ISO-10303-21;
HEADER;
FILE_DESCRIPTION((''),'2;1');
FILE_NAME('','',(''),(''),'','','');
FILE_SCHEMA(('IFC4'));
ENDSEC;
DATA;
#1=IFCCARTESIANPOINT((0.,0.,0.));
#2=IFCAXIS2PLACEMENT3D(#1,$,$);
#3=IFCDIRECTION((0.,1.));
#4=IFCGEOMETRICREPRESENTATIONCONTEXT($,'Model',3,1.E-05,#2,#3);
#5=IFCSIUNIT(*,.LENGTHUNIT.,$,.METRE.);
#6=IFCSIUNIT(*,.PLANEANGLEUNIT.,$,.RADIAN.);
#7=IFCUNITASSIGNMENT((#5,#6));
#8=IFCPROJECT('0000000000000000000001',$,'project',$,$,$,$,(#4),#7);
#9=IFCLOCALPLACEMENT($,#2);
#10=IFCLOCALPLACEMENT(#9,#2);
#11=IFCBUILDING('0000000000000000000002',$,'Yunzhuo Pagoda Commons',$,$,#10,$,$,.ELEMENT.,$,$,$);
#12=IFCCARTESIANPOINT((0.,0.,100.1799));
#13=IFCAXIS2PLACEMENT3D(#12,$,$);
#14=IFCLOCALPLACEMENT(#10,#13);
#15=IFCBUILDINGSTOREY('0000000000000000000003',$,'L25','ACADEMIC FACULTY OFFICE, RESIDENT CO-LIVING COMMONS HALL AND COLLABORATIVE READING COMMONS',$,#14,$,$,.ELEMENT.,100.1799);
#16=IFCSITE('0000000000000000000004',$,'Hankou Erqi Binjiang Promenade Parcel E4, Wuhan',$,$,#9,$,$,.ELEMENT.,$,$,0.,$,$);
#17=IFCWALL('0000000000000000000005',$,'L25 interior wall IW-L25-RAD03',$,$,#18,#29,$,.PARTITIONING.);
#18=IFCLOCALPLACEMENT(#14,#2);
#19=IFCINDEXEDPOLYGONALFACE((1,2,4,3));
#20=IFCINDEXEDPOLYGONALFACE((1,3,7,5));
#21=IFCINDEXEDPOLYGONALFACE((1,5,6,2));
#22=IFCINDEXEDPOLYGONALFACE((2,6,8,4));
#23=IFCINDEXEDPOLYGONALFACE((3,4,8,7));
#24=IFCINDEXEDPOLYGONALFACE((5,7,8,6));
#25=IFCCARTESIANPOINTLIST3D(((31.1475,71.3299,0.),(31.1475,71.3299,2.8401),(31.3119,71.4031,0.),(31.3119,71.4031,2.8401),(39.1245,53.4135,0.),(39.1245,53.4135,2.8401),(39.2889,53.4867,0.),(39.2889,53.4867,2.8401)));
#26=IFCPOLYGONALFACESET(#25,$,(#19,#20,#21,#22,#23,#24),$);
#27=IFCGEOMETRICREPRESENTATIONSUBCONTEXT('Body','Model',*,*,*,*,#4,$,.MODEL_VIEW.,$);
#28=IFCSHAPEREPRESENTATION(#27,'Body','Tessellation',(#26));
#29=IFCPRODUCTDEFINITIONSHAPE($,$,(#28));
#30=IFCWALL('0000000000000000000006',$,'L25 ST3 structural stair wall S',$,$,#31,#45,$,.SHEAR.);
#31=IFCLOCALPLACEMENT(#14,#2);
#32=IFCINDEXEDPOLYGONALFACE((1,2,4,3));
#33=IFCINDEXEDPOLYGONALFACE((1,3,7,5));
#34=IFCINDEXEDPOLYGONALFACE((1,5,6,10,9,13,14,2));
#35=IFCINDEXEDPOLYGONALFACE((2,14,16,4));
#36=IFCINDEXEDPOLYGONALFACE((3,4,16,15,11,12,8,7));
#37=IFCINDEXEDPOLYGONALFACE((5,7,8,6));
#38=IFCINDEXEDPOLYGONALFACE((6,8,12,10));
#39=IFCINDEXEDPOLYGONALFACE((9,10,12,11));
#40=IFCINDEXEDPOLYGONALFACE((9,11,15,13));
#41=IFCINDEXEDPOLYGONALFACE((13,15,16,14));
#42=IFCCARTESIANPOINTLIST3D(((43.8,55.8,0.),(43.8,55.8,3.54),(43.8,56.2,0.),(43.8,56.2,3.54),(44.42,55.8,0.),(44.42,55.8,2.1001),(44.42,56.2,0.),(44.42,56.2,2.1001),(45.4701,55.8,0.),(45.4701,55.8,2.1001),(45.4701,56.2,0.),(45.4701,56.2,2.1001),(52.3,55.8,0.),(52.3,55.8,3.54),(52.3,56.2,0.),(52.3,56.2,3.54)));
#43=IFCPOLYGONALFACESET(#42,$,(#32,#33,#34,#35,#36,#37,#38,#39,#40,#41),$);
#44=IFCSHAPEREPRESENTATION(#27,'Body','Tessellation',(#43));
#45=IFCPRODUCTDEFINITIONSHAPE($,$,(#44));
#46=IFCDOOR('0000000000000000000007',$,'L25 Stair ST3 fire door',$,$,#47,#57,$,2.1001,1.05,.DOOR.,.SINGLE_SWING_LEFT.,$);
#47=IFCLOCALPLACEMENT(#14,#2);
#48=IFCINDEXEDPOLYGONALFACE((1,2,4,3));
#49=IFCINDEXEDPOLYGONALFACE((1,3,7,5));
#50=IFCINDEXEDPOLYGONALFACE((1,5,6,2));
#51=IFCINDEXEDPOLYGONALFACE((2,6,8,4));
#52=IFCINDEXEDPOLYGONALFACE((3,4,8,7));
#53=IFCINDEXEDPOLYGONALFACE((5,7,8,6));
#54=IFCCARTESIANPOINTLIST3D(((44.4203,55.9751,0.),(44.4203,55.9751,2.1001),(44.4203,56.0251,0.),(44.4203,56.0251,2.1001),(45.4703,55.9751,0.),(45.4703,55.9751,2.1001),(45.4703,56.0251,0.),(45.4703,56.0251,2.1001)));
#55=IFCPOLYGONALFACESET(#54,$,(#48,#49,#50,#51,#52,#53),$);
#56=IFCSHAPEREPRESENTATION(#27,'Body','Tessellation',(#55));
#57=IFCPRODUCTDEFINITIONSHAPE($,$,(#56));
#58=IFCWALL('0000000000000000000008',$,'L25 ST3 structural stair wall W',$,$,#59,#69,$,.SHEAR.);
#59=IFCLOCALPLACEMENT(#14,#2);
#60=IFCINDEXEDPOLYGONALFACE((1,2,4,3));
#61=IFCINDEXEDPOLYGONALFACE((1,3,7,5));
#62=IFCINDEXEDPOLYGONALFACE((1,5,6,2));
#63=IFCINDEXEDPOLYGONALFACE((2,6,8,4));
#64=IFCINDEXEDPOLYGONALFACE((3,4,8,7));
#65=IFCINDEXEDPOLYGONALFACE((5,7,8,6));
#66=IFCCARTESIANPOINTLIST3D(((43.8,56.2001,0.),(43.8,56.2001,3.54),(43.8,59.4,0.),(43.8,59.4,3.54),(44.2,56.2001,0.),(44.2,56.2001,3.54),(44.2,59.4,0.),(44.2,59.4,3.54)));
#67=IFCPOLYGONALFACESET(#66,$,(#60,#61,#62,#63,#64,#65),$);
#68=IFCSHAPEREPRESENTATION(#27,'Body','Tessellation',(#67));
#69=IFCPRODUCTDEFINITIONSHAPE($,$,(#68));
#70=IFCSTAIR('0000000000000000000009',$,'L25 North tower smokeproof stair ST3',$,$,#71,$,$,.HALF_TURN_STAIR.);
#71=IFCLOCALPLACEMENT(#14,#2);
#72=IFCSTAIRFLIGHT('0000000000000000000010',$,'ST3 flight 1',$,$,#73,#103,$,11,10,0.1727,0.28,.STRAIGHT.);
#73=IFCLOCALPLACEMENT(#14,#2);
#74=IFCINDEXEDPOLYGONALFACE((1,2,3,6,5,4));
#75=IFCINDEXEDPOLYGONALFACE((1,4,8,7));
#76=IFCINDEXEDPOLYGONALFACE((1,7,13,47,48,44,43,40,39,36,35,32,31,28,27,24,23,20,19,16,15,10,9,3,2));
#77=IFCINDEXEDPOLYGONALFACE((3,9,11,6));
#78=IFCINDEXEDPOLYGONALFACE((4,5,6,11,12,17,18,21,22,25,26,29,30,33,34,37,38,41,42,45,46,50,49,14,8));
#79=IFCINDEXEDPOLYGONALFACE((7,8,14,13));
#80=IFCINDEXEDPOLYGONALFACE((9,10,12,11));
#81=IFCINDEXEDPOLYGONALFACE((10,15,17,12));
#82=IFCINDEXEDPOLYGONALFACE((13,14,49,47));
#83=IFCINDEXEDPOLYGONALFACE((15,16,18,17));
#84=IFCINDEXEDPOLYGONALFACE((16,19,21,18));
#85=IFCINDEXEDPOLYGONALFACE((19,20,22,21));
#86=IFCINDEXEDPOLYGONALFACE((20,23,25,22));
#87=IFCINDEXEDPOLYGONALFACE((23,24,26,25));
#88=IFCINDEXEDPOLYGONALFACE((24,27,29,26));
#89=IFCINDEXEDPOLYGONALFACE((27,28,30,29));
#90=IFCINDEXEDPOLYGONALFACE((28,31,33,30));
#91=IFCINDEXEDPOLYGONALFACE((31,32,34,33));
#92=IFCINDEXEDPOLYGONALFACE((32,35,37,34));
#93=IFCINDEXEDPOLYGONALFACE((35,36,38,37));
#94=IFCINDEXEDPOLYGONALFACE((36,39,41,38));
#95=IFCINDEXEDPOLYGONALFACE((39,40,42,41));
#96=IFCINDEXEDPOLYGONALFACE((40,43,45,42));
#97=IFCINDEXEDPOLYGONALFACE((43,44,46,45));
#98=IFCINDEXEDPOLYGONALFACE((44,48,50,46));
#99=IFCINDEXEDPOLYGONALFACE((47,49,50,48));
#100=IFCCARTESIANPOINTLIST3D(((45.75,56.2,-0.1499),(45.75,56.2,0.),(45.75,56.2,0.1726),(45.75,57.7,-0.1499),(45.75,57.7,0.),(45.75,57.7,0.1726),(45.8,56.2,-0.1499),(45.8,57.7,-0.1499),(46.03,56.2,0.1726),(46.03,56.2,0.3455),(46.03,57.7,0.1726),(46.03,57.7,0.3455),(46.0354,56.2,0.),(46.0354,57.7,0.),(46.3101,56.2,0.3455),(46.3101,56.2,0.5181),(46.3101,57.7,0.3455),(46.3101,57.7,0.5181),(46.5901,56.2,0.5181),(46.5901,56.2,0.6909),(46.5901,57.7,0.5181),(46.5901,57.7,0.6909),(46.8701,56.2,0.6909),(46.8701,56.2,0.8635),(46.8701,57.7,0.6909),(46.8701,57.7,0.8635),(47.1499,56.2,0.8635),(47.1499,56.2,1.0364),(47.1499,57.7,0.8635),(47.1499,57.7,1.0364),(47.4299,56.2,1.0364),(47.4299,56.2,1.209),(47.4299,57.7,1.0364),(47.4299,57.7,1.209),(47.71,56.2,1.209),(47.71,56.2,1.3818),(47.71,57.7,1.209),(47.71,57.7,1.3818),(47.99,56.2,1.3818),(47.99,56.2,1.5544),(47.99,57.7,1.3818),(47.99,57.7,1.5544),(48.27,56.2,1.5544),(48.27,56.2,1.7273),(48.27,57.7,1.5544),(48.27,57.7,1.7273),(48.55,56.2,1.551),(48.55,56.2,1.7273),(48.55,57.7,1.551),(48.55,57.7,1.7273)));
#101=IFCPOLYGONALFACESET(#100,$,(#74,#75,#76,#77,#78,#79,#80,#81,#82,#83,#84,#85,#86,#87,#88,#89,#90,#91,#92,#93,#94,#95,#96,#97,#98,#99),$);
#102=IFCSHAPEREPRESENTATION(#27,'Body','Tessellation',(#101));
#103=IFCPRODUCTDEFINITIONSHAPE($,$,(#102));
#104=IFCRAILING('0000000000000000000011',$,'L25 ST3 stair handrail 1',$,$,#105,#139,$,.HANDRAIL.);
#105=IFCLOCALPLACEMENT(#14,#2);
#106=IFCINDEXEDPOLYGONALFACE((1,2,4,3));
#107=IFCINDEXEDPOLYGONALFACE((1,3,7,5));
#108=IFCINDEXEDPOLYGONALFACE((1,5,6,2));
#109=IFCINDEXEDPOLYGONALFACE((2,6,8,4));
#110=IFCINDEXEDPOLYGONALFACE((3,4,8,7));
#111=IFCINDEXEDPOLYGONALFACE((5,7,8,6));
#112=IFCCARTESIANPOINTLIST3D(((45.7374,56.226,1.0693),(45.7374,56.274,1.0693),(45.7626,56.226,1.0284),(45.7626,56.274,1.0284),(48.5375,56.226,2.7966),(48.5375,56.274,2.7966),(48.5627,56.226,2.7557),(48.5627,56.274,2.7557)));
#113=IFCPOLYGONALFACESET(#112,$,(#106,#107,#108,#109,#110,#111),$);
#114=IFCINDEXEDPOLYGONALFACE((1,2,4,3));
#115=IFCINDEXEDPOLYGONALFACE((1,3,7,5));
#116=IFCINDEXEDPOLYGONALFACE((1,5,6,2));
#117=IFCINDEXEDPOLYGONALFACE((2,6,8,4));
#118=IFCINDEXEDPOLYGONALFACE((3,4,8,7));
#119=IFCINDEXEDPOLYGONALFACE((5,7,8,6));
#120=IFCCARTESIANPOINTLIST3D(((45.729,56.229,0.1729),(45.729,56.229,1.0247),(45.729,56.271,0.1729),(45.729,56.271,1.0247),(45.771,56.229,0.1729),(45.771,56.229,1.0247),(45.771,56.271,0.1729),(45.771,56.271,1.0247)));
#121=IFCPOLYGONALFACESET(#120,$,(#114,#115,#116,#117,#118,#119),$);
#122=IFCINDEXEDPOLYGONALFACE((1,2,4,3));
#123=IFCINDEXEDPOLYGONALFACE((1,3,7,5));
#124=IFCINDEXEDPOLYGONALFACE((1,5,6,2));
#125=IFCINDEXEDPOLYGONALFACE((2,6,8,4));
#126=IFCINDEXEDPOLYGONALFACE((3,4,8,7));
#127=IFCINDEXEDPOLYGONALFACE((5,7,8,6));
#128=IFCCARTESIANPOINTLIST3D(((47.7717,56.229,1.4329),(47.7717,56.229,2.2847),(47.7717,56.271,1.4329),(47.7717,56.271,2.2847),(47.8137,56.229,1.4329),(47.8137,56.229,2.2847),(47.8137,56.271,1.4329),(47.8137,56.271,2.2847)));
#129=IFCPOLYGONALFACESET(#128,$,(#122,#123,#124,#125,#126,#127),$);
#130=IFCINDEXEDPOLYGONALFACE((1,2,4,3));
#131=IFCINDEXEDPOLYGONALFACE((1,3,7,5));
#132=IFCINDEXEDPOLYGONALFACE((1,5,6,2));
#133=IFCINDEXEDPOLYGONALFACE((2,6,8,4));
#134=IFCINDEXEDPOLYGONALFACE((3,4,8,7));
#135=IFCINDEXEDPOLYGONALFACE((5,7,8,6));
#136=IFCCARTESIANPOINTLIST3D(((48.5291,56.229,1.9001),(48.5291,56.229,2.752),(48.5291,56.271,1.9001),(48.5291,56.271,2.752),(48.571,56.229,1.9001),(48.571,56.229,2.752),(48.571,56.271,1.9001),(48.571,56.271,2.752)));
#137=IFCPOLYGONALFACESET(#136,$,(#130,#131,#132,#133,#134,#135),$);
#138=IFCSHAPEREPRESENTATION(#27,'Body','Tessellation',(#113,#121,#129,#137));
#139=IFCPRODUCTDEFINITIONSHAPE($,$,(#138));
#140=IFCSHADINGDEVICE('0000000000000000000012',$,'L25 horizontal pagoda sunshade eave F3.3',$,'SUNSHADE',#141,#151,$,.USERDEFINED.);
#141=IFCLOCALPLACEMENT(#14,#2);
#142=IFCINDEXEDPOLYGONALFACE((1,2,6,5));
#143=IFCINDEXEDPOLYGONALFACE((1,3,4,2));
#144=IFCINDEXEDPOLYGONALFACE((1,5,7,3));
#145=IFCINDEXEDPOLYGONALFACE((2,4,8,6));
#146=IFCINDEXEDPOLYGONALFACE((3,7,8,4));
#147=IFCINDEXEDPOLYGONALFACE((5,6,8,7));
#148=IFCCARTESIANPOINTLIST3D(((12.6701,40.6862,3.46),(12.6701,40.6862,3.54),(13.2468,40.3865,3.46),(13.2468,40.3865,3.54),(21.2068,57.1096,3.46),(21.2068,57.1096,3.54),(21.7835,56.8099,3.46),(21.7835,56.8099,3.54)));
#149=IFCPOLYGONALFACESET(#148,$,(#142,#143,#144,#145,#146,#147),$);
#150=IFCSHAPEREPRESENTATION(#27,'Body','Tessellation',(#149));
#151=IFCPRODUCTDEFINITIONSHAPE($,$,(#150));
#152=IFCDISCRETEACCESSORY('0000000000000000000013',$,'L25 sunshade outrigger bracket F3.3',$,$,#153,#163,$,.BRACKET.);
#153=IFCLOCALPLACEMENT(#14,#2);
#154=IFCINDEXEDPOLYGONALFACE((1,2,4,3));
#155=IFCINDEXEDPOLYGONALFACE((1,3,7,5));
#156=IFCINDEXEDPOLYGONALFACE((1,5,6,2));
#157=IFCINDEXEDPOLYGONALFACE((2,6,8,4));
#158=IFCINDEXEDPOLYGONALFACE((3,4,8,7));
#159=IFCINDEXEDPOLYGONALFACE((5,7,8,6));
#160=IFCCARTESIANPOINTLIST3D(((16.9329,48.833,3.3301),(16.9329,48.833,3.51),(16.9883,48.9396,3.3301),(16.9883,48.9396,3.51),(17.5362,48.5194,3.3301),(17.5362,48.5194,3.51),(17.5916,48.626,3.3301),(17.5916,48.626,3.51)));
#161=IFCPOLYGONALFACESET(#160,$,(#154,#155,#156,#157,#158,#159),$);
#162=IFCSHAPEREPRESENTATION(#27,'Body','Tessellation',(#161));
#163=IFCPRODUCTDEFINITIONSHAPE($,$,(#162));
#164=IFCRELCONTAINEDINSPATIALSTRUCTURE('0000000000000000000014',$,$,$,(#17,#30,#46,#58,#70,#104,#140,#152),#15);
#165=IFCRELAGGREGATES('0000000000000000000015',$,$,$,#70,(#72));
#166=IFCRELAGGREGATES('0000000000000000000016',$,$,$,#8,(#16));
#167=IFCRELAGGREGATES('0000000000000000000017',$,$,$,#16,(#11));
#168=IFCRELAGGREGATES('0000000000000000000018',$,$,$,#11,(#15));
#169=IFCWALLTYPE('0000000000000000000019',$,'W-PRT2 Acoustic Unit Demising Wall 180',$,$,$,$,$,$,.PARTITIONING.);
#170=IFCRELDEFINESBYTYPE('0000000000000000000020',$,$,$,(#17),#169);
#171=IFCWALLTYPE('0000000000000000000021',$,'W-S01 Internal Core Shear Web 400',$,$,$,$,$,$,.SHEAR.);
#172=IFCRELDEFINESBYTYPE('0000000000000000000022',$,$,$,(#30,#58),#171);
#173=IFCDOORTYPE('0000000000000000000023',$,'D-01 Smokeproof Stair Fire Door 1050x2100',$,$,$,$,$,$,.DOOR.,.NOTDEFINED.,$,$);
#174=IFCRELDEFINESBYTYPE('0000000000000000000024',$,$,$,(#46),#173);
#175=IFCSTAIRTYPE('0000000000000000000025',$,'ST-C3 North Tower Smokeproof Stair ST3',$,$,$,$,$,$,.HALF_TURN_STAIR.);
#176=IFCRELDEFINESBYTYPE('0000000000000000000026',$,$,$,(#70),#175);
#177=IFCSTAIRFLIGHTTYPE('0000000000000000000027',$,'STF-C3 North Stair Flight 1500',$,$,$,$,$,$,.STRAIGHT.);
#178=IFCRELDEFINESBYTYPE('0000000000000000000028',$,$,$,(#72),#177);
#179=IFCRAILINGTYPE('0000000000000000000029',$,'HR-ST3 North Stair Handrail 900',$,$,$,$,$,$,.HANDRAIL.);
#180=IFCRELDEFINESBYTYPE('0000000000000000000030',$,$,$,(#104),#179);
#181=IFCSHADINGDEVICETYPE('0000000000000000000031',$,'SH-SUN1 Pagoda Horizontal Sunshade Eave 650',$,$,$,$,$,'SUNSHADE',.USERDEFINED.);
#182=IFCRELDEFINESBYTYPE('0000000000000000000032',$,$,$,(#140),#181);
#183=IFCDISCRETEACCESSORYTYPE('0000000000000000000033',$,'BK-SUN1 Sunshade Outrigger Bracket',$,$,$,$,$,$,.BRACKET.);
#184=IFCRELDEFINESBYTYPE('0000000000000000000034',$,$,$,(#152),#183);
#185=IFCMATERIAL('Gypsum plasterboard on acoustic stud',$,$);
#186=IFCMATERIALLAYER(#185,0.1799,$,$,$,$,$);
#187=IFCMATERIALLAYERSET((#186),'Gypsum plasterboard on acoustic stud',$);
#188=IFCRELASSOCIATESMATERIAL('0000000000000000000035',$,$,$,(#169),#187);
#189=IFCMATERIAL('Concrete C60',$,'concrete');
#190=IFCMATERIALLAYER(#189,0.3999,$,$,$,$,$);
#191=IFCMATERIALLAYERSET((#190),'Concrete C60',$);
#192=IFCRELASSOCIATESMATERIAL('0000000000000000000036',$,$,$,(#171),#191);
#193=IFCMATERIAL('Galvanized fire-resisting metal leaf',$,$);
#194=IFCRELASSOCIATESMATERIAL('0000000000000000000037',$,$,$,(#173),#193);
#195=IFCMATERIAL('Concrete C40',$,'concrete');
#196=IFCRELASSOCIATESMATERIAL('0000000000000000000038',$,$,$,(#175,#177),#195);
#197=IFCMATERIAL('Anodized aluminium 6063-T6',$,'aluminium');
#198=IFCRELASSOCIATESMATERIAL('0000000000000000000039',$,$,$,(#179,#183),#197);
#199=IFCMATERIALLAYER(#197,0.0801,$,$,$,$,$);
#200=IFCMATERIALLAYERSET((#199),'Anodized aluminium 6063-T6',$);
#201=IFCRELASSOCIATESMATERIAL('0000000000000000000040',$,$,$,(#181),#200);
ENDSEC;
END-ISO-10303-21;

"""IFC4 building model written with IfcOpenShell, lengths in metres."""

from ifc_helpers import new_model, si_unit, direction, frame, frame_2d, origin, origin_2d, place, context, subcontext, project, spatial, polyline, rectangle, outline, extrude, source, transform, mapped, material, layer, layer_set, type_object, element, fill, aggregate, save


model = new_model("IFC4")

# Units and contexts
model_context = context("Model", 3, precision=1e-05, world=origin(), true_north=direction((0.0, 1.0)))
body_context = subcontext(model_context, "Body", "Model", "MODEL_VIEW")
ifc_project = project(units=[si_unit("LENGTHUNIT", "METRE"), si_unit("PLANEANGLEUNIT", "RADIAN")], contexts=[model_context])

# Site, building, storey
site_placement = place(None, origin())
site = spatial("IfcSite", under=ifc_project, at=site_placement, Name="Hankou Erqi Binjiang Promenade Parcel E4, Wuhan", CompositionType="ELEMENT", RefElevation=0.0)
building_placement = place(site_placement, origin())
building = spatial("IfcBuilding", under=site, at=building_placement, Name="Yunzhuo Pagoda Commons", CompositionType="ELEMENT")
storey_placement = place(building_placement, frame((0.0, 0.0, 100.1799)))
storey = spatial("IfcBuildingStorey", under=building, at=storey_placement, Name="L25", Description="ACADEMIC FACULTY OFFICE, RESIDENT CO-LIVING COMMONS HALL AND COLLABORATIVE READING COMMONS", CompositionType="ELEMENT", Elevation=100.1799)

# Shared definitions
ifc_material_1 = material(Name="Anodized aluminium 6063-T6", Category="aluminium")

# Shared definitions
ifc_material_2 = material(Name="Gypsum plasterboard on acoustic stud")

# Wall
ifc_layer_1 = layer(ifc_material_2, 0.1799)
ifc_layer_set_1 = layer_set([ifc_layer_1], Name="Gypsum plasterboard on acoustic stud")
wall_type_1 = type_object("IfcWallType", Name="W-PRT2 Acoustic Unit Demising Wall 180", PredefinedType="PARTITIONING", material=ifc_layer_set_1)
wall_1_placement = place(storey_placement, frame((39.2068, 53.45, 0.0), z_axis=(0.0, 0.0, 1.0), x_axis=(-0.406741, 0.913543, 0.0)))
element("IfcWall", 1, at=wall_1_placement, inside=storey, type_object=wall_type_1, Name="L25 interior wall IW-L25-RAD03", PredefinedType="PARTITIONING", context=body_context, shape_type="SweptSolid", body=[
    extrude(rectangle(XDim=19.6121, YDim=0.1799, at=frame_2d((9.8062, 0.0))), origin(), (0.0, 0.0, 1.0), 2.8401),
])

# Wall, opening, door
ifc_material_3 = material(Name="Concrete C60", Category="concrete")
ifc_layer_2 = layer(ifc_material_3, 0.3999)
ifc_layer_set_2 = layer_set([ifc_layer_2], Name="Concrete C60")
wall_type_2 = type_object("IfcWallType", Name="W-S01 Internal Core Shear Web 400", PredefinedType="SHEAR", material=ifc_layer_set_2)
wall_2_placement = place(storey_placement, frame((43.8, 56.0, 0.0), z_axis=(0.0, 0.0, 1.0), x_axis=(1.0, 0.0, 0.0)))
wall_2 = element("IfcWall", 2, at=wall_2_placement, inside=storey, type_object=wall_type_2, Name="L25 ST3 structural stair wall S", PredefinedType="SHEAR", context=body_context, shape_type="SweptSolid", body=[
    extrude(rectangle(XDim=8.5, YDim=0.3999, at=frame_2d((4.25, 0.0))), origin(), (0.0, 0.0, 1.0), 3.54),
])
opening_1_placement = place(wall_2_placement, frame((0.6201, 0.0, 0.0)))
opening_1 = element("IfcOpeningElement", 3, at=opening_1_placement, cuts=wall_2, PredefinedType="OPENING", context=body_context, shape_type="SweptSolid", body=[
    extrude(rectangle(XDim=1.05, YDim=2.1001, at=frame_2d((0.5249, 1.05))), frame((0.0, 0.21, 0.0), z_axis=(0.0, -1.0, 0.0), x_axis=(1.0, 0.0, 0.0)), (0.0, 0.0, 1.0), 0.4199),
])
ifc_material_4 = material(Name="Galvanized fire-resisting metal leaf")
door_type_1 = type_object("IfcDoorType", Name="D-01 Smokeproof Stair Fire Door 1050x2100", OperationType="NOTDEFINED", PredefinedType="DOOR", material=ifc_material_4)
shared_shape_1 = source(origin(), body_context, "Body", "SweptSolid", [
    extrude(rectangle(XDim=1.05, YDim=2.1001, at=frame_2d((0.5249, 1.05))), frame((0.0, 0.0249, 0.0), z_axis=(0.0, -1.0, 0.0), x_axis=(1.0, 0.0, 0.0)), (0.0, 0.0, 1.0), 0.05),
])
door_1_placement = place(opening_1_placement, frame((1.05, 0.0, 0.0), z_axis=(0.0, 0.0, 1.0), x_axis=(-1.0, 0.0, 0.0)))
door_1 = element("IfcDoor", 4, at=door_1_placement, inside=storey, type_object=door_type_1, Name="L25 Stair ST3 fire door", OperationType="SINGLE_SWING_LEFT", OverallHeight=2.1001, OverallWidth=1.05, PredefinedType="DOOR", context=body_context, shape_type="MappedRepresentation", body=[
    mapped(shared_shape_1, transform((0.0, 0.0, 0.0), scale=1.0)),
])
fill(opening_1, door_1)

# Wall
wall_3_placement = place(storey_placement, frame((44.0, 56.2, 0.0), z_axis=(0.0, 0.0, 1.0), x_axis=(0.0, 1.0, 0.0)))
element("IfcWall", 5, at=wall_3_placement, inside=storey, type_object=wall_type_2, Name="L25 ST3 structural stair wall W", PredefinedType="SHEAR", context=body_context, shape_type="SweptSolid", body=[
    extrude(rectangle(XDim=3.2, YDim=0.3999, at=frame_2d((1.6001, 0.0))), origin(), (0.0, 0.0, 1.0), 3.54),
])

# Stair, stair flight
ifc_material_5 = material(Name="Concrete C40", Category="concrete")
stair_type = type_object("IfcStairType", Name="ST-C3 North Tower Smokeproof Stair ST3", PredefinedType="HALF_TURN_STAIR", material=ifc_material_5)
stair_placement = place(storey_placement, origin())
stair = element("IfcStair", 6, at=stair_placement, inside=storey, type_object=stair_type, Name="L25 North tower smokeproof stair ST3", PredefinedType="HALF_TURN_STAIR")
stair_flight_type = type_object("IfcStairFlightType", Name="STF-C3 North Stair Flight 1500", PredefinedType="STRAIGHT", material=ifc_material_5)
shared_shape_2 = source(origin(), body_context, "Body", "SweptSolid", [
    extrude(outline(polyline([(0.0, -0.1499), (0.0, 0.0), (0.0, 0.1726), (0.28, 0.1726), (0.28, 0.3455), (0.5601, 0.3455), (0.5601, 0.5181), (0.8401, 0.5181), (0.8401, 0.6909), (1.1201, 0.6909), (1.1201, 0.8635), (1.3999, 0.8635), (1.3999, 1.0364), (1.6799, 1.0364), (1.6799, 1.209), (1.96, 1.209), (1.96, 1.3818), (2.24, 1.3818), (2.24, 1.5544), (2.52, 1.5544), (2.52, 1.7273), (2.8, 1.7273), (2.8, 1.8999), (2.8, 1.551), (0.2854, 0.0), (0.05, -0.1499), (0.0, -0.1499)])), frame((0.0, 0.75, 0.0), z_axis=(0.0, -1.0, 0.0), x_axis=(1.0, 0.0, 0.0)), (0.0, 0.0, 1.0), 1.5),
])
stair_flight_placement = place(storey_placement, frame((45.75, 56.95, 0.0), z_axis=(0.0, 0.0, 1.0), x_axis=(1.0, 0.0, 0.0)))
stair_flight = element("IfcStairFlight", 7, at=stair_flight_placement, type_object=stair_flight_type, Name="ST3 flight 1", NumberOfRisers=11, NumberOfTreads=10, PredefinedType="STRAIGHT", RiserHeight=0.1727, TreadLength=0.28, context=body_context, shape_type="MappedRepresentation", body=[
    mapped(shared_shape_2, transform((0.0, 0.0, 0.0), scale=1.0)),
])
aggregate(stair, [stair_flight])

# Railing
railing_type = type_object("IfcRailingType", Name="HR-ST3 North Stair Handrail 900", PredefinedType="HANDRAIL", material=ifc_material_1)
railing_placement = place(storey_placement, frame((45.75, 56.25, 0.1729)))
element("IfcRailing", 8, at=railing_placement, inside=storey, type_object=railing_type, Name="L25 ST3 stair handrail 1", PredefinedType="HANDRAIL", context=body_context, shape_type="SweptSolid", body=[
    extrude(rectangle(XDim=0.0481, YDim=0.0481, at=origin_2d()), frame((0.0, 0.0, 0.876), z_axis=(0.85109, 0.0, 0.52502), x_axis=(0.0, 1.0, 0.0)), (0.0, 0.0, 1.0), 3.29),
    extrude(rectangle(XDim=0.042, YDim=0.042, at=origin_2d()), origin(), (0.0, 0.0, 1.0), 0.8518),
    extrude(rectangle(XDim=0.042, YDim=0.042, at=origin_2d()), frame((2.0427, 0.0, 1.26)), (0.0, 0.0, 1.0), 0.8518),
    extrude(rectangle(XDim=0.042, YDim=0.042, at=origin_2d()), frame((2.8, 0.0, 1.7273)), (0.0, 0.0, 1.0), 0.8518),
])

# Shading device
ifc_layer_3 = layer(ifc_material_1, 0.0801)
ifc_layer_set_3 = layer_set([ifc_layer_3], Name="Anodized aluminium 6063-T6")
shading_device_type = type_object("IfcShadingDeviceType", Name="SH-SUN1 Pagoda Horizontal Sunshade Eave 650", ElementType="SUNSHADE", PredefinedType="USERDEFINED", material=ifc_layer_set_3)
shared_shape_3 = source(origin(), body_context, "Body", "SweptSolid", [
    extrude(rectangle(XDim=18.5095, YDim=0.6499, at=origin_2d()), origin(), (0.0, 0.0, 1.0), 0.0801),
])
shading_device_placement = place(storey_placement, frame((17.2268, 48.748, 3.46), z_axis=(0.0, 0.0, 1.0), x_axis=(-0.461207, -0.887293, 0.0)))
element("IfcShadingDevice", 9, at=shading_device_placement, inside=storey, type_object=shading_device_type, Name="L25 horizontal pagoda sunshade eave F3.3", ObjectType="SUNSHADE", PredefinedType="USERDEFINED", context=body_context, shape_type="MappedRepresentation", body=[
    mapped(shared_shape_3, transform((0.0, 0.0, 0.0), scale=1.0)),
])

# Discrete accessory
discrete_accessory_type = type_object("IfcDiscreteAccessoryType", Name="BK-SUN1 Sunshade Outrigger Bracket", PredefinedType="BRACKET", material=ifc_material_1)
shared_shape_4 = source(origin(), body_context, "Body", "SweptSolid", [
    extrude(rectangle(XDim=0.1201, YDim=0.6799, at=origin_2d()), origin(), (0.0, 0.0, 1.0), 0.1799),
])
discrete_accessory_placement = place(storey_placement, frame((17.2622, 48.7295, 3.3301), z_axis=(0.0, 0.0, 1.0), x_axis=(-0.461207, -0.887293, 0.0)))
element("IfcDiscreteAccessory", 10, at=discrete_accessory_placement, inside=storey, type_object=discrete_accessory_type, Name="L25 sunshade outrigger bracket F3.3", PredefinedType="BRACKET", context=body_context, shape_type="MappedRepresentation", body=[
    mapped(shared_shape_4, transform((0.0, 0.0, 0.0), scale=1.0)),
])

save(model, "model.ifc")
